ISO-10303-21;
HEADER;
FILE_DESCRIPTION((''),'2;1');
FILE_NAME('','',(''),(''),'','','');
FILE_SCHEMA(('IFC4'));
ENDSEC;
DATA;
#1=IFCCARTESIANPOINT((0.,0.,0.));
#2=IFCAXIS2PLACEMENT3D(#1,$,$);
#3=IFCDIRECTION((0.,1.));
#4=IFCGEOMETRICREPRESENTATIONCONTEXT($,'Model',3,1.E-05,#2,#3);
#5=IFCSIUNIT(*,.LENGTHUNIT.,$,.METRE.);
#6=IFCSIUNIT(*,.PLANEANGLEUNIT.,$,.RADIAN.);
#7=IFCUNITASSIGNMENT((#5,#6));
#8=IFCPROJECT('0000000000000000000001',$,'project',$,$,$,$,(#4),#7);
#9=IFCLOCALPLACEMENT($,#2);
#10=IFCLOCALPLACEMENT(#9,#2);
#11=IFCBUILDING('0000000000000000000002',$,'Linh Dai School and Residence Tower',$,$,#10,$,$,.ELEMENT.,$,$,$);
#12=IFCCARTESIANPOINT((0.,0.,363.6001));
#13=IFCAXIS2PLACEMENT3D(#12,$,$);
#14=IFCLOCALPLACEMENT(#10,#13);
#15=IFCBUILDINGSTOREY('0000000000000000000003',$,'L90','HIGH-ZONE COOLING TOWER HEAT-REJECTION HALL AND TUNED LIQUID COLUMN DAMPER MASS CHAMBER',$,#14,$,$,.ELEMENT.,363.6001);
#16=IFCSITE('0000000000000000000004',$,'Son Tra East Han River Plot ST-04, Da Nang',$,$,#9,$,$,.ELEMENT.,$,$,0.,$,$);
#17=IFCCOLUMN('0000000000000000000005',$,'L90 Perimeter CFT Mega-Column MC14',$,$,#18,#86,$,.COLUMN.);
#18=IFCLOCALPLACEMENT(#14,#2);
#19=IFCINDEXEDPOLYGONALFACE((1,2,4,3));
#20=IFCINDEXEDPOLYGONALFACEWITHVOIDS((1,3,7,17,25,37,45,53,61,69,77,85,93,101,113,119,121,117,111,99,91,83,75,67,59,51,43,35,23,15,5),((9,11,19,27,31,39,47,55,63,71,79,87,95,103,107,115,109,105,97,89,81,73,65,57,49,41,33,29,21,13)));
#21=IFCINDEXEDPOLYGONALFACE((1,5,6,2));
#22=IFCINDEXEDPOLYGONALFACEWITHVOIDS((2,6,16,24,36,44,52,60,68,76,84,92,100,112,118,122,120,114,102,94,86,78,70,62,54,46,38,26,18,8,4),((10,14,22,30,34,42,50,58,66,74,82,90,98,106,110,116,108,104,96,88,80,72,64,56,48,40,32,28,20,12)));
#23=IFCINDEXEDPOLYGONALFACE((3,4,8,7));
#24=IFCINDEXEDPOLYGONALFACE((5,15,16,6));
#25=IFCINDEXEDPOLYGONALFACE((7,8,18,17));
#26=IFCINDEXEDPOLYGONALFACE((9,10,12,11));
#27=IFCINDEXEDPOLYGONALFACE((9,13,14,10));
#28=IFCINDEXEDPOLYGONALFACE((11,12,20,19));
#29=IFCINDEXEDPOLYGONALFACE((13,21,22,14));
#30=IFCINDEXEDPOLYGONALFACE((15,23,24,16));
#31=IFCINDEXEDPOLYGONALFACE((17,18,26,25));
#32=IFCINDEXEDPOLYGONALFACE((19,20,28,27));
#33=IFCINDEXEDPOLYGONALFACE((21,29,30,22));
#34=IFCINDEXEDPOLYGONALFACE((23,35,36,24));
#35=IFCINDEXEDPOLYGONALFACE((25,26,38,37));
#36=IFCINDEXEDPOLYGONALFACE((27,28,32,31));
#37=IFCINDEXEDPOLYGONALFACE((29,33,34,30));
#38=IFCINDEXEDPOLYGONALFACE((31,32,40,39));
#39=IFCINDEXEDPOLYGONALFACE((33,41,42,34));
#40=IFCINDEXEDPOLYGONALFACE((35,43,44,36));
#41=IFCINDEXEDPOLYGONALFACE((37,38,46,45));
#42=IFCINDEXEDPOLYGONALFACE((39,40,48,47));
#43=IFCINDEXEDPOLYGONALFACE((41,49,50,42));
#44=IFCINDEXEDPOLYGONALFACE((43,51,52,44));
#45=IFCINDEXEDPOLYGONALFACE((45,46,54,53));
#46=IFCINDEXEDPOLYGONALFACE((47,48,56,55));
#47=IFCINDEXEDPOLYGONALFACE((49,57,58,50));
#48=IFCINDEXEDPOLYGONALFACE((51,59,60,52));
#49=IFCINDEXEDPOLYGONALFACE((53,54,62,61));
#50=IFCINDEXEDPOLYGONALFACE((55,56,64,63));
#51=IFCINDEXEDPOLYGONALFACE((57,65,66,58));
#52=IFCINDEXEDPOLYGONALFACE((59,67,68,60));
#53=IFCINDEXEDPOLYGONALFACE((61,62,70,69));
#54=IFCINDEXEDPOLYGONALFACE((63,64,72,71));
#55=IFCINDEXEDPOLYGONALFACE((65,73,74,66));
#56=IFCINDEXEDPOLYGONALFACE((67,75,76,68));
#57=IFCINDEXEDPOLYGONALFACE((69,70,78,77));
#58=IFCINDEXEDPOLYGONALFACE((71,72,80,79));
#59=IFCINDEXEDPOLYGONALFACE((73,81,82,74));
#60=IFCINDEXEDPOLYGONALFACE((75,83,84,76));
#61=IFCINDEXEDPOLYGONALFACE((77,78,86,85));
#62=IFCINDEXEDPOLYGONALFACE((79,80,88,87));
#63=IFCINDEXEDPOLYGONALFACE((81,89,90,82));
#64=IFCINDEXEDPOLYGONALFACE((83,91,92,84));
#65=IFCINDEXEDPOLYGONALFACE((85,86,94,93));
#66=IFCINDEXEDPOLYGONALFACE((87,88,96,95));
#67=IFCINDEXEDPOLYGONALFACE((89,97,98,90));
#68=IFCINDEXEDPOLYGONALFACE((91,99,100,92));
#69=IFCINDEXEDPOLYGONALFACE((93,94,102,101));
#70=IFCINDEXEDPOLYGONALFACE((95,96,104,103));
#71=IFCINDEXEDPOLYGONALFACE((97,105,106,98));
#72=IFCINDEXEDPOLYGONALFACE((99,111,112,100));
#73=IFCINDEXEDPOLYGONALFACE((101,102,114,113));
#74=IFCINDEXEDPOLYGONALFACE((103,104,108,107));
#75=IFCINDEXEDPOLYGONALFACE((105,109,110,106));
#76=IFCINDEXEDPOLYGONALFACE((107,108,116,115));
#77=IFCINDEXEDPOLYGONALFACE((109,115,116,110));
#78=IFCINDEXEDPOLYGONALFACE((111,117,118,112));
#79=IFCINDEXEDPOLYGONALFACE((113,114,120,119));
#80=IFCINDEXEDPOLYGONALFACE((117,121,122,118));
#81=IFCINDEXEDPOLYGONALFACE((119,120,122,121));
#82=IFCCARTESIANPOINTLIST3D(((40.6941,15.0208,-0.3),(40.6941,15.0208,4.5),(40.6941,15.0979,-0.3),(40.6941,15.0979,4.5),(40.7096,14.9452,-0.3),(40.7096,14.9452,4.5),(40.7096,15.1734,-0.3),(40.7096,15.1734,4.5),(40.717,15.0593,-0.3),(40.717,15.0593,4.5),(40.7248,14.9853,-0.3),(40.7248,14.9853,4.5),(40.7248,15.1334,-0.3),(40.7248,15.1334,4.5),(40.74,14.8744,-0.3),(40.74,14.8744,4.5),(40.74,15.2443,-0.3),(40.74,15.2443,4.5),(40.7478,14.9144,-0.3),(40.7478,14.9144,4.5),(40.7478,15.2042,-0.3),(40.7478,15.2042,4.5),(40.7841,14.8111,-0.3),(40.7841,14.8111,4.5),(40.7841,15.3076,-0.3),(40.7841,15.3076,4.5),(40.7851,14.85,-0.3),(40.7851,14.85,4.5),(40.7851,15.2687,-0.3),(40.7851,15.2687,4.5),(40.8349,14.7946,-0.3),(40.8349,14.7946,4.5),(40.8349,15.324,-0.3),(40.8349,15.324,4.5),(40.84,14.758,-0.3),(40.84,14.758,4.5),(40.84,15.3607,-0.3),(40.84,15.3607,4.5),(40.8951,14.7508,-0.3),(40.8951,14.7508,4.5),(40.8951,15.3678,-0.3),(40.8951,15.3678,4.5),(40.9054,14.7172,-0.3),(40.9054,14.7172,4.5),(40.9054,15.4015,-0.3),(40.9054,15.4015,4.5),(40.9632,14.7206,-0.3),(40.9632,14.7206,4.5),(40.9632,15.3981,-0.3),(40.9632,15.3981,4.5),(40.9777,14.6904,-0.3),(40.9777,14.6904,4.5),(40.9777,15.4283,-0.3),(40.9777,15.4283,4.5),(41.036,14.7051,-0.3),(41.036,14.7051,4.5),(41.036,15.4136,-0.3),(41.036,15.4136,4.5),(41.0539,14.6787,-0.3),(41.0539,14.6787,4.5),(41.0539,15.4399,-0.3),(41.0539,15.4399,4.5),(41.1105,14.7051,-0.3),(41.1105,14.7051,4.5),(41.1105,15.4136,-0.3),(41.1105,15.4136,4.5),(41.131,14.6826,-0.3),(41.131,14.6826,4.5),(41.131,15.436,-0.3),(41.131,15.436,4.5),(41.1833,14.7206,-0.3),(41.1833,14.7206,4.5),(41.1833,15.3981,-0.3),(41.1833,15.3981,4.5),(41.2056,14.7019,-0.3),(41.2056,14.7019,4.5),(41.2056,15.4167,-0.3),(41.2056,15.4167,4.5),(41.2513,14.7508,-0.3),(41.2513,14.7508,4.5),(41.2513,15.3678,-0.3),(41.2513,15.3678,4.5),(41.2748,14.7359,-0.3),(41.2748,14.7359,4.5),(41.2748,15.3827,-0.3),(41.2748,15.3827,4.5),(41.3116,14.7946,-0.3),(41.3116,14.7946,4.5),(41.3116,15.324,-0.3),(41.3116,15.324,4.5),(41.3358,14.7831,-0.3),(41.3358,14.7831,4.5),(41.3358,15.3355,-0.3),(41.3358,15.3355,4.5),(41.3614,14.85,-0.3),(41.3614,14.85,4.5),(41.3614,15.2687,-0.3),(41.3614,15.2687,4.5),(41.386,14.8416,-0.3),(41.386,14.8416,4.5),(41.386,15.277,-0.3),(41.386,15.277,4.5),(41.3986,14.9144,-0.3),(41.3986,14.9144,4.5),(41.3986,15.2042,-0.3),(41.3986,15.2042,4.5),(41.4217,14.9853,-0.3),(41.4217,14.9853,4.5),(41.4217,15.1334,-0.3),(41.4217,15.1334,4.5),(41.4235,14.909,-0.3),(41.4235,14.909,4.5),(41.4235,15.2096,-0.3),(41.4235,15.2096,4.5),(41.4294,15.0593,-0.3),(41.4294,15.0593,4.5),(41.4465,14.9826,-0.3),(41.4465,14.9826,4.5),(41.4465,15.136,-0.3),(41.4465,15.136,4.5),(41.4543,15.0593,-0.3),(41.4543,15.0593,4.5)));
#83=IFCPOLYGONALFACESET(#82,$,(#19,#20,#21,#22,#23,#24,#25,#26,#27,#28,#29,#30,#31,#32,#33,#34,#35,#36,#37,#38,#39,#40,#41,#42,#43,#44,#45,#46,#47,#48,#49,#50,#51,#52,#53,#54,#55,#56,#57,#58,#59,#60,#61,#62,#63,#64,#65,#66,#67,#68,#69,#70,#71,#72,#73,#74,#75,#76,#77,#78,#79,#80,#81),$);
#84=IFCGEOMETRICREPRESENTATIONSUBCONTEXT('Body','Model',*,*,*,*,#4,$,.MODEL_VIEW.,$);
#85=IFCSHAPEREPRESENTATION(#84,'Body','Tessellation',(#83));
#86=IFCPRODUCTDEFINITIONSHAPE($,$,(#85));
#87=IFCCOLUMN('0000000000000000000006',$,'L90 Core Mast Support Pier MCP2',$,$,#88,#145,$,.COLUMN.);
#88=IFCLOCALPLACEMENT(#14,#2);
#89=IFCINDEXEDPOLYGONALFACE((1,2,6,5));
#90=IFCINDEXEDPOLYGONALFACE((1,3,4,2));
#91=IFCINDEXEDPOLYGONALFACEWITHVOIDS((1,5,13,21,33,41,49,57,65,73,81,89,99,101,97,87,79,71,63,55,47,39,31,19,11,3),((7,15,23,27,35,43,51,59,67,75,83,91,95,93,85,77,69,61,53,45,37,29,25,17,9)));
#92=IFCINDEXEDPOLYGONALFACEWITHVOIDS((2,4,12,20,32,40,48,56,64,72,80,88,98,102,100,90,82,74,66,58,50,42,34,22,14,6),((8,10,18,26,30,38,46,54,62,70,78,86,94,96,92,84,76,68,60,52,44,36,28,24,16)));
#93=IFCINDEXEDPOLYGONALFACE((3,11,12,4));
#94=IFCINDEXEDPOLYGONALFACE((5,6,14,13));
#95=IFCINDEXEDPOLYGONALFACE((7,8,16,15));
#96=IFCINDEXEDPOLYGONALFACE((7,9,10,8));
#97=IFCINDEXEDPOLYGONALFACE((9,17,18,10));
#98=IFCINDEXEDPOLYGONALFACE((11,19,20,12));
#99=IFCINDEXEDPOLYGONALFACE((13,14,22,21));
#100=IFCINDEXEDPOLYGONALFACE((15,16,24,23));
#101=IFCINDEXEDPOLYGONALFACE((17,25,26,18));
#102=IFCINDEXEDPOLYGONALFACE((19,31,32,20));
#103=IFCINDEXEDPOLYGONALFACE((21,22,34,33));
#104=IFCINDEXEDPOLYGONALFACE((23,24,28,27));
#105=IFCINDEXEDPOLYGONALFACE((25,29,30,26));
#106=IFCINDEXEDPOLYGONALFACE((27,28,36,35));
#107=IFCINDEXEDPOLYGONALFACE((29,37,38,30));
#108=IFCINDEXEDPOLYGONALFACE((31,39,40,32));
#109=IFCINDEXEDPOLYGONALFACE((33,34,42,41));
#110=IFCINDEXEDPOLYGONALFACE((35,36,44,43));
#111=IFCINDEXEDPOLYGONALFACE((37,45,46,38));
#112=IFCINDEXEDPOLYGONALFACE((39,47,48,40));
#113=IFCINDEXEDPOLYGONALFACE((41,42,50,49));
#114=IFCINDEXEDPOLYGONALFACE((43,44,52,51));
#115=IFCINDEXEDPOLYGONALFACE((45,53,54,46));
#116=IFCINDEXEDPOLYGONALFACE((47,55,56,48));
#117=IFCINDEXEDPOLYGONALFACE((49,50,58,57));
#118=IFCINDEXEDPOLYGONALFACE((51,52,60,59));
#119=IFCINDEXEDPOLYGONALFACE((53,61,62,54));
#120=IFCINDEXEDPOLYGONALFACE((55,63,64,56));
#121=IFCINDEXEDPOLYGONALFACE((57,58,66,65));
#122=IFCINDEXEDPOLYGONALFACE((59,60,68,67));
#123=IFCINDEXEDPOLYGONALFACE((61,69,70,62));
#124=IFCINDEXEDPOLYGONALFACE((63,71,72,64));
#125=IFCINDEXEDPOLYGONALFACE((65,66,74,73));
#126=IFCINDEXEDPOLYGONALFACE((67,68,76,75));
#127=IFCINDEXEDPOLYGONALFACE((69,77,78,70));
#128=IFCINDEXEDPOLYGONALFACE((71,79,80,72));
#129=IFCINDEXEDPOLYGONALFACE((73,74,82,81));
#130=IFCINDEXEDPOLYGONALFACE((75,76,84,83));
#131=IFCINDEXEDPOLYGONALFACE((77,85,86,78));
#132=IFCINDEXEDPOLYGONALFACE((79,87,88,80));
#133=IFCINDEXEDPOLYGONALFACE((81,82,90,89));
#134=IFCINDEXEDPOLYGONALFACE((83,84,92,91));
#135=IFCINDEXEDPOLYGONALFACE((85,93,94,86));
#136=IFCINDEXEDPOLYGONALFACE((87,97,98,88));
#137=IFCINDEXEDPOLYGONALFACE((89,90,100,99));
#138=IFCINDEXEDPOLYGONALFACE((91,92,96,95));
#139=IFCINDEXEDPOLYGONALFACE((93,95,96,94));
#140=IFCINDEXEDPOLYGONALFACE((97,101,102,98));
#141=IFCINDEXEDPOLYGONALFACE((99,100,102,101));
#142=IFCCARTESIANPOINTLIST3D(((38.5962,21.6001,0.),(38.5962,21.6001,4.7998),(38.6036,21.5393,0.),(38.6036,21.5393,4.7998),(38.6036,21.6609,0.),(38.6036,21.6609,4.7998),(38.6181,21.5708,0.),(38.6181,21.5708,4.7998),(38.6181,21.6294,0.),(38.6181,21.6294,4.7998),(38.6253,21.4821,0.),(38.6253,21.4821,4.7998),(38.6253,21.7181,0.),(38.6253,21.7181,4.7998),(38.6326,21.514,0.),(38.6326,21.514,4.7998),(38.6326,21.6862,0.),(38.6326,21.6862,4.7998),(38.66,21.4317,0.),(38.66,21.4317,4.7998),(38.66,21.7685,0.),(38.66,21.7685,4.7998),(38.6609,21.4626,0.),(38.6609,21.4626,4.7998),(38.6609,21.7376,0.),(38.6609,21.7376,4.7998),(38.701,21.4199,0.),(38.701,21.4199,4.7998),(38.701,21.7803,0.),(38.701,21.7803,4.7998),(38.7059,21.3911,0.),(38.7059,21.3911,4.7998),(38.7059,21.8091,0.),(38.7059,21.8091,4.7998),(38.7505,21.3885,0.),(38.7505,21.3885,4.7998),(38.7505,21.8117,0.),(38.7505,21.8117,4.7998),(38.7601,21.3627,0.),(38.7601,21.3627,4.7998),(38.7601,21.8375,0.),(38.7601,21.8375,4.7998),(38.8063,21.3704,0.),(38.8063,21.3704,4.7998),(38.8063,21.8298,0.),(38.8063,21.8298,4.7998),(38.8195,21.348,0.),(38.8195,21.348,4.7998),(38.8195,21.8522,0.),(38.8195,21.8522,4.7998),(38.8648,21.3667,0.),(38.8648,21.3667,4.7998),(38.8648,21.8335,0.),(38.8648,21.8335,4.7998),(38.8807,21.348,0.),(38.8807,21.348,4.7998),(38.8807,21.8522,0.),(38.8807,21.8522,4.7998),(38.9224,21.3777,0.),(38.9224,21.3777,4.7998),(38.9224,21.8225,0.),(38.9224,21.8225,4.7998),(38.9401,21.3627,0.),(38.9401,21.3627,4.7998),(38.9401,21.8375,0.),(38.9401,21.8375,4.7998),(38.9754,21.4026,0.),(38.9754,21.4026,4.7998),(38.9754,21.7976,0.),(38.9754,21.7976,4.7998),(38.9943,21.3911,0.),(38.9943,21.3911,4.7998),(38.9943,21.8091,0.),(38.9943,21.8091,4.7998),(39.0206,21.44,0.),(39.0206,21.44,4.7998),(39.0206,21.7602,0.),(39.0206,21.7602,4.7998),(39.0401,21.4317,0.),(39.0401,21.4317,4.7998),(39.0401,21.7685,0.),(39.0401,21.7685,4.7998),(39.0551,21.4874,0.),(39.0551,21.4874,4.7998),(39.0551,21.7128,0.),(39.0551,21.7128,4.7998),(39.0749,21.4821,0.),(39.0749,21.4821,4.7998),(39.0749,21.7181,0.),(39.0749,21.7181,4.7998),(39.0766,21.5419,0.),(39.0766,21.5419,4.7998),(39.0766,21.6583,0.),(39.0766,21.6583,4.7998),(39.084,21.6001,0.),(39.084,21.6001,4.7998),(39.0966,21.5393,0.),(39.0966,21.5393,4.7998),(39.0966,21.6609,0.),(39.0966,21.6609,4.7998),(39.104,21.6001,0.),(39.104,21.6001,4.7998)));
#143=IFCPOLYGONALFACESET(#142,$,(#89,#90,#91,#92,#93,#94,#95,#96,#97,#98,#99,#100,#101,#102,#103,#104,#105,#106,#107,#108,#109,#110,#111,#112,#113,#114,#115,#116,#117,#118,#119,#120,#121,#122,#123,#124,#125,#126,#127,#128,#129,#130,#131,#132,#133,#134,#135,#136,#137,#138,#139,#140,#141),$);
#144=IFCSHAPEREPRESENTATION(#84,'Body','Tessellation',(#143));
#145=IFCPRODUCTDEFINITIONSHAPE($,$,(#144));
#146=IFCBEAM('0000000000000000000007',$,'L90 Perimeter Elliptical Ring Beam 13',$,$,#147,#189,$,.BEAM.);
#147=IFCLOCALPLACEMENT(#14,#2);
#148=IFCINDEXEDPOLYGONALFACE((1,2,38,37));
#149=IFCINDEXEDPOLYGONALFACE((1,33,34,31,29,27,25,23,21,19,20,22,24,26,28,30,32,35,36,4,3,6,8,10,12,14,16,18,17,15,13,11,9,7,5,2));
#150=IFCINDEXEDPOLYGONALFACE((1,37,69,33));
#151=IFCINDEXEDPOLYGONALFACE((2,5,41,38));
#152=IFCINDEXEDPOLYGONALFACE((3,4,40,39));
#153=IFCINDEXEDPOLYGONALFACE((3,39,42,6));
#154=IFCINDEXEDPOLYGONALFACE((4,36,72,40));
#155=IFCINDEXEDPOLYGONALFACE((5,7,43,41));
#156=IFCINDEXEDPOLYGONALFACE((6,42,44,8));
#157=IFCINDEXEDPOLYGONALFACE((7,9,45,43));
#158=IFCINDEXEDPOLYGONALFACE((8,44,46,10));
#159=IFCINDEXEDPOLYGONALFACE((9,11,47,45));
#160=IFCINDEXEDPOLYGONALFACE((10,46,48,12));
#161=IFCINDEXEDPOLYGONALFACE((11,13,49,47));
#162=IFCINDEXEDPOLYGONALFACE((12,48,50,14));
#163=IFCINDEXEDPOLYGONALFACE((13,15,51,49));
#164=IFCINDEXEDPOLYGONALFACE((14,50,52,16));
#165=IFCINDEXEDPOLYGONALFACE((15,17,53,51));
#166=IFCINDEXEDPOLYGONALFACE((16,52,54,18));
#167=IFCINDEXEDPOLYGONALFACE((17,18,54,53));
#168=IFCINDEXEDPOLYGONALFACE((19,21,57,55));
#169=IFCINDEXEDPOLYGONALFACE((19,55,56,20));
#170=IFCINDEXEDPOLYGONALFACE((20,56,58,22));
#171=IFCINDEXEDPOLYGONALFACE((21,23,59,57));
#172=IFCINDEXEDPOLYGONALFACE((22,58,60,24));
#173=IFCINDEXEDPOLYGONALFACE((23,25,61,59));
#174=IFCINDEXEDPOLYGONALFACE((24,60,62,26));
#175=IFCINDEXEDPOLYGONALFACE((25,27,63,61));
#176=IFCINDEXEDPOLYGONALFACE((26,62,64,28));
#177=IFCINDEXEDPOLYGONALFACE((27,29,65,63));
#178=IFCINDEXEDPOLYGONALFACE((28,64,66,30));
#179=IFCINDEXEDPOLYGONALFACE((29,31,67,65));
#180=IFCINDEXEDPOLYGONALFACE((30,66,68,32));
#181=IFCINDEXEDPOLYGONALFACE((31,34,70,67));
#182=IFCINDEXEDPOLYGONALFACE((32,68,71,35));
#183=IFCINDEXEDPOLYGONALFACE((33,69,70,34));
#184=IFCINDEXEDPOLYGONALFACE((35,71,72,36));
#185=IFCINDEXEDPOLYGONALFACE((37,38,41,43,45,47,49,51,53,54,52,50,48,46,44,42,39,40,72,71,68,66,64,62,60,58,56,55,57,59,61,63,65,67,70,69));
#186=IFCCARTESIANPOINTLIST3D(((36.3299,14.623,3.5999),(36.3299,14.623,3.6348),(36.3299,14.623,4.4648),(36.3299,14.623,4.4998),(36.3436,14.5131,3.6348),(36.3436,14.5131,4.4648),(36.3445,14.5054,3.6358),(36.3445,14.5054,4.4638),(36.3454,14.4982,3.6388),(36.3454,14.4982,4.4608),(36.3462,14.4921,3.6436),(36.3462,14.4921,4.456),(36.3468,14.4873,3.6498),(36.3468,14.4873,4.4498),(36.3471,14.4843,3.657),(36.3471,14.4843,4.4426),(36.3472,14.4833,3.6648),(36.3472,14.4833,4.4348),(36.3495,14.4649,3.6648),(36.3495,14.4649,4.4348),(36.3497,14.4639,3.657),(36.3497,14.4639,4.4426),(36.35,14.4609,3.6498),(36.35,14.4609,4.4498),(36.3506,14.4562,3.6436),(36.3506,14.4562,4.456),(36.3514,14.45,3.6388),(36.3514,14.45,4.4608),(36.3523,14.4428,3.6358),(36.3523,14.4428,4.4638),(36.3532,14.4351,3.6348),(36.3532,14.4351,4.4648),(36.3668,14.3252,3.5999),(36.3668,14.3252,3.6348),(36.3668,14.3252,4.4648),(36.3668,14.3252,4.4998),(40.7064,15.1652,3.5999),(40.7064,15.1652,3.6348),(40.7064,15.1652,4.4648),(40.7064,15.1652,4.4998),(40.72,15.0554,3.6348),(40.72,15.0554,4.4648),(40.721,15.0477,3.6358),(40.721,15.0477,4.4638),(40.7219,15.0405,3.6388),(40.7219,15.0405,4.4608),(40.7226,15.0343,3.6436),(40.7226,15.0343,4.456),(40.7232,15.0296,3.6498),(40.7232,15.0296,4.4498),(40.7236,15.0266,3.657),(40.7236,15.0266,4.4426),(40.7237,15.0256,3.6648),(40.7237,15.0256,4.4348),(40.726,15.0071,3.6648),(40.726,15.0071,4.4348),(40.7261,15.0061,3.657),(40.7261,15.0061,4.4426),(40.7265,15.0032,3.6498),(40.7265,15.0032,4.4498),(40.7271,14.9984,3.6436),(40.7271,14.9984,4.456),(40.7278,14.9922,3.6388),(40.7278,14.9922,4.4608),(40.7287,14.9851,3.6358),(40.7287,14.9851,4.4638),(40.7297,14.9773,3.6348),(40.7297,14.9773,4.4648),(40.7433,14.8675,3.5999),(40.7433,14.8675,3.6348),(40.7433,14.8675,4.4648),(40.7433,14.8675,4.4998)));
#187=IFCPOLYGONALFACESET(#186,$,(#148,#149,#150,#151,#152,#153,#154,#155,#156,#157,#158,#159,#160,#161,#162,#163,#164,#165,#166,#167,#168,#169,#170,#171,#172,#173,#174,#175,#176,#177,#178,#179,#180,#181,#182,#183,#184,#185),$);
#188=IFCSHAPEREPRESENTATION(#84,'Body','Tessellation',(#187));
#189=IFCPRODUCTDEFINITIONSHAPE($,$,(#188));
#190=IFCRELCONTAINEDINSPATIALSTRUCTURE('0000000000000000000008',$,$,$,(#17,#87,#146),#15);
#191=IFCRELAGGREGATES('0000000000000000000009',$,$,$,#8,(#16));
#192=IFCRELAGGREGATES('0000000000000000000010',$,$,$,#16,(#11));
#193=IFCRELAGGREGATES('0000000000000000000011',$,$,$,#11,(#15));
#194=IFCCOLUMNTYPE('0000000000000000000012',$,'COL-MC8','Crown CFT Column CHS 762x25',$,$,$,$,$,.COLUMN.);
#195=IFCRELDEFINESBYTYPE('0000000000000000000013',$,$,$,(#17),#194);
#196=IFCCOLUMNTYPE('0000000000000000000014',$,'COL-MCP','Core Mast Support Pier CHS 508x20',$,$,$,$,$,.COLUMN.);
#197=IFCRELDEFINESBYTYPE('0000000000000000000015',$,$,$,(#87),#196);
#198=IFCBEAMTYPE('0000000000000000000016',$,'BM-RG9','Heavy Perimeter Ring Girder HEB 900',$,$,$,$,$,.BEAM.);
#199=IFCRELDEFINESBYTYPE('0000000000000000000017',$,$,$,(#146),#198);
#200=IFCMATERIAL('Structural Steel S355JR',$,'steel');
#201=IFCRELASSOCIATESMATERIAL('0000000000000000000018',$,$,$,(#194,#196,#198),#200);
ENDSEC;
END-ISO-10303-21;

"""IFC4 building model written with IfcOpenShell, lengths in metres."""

from ifc_helpers import new_model, si_unit, direction, frame, origin, origin_2d, place, context, subcontext, project, spatial, hollow_circle, i_section, extrude, material, material_profile, profile_set, type_object, element, save


model = new_model("IFC4")

# Units and contexts
model_context = context("Model", 3, precision=1e-05, world=origin(), true_north=direction((0.0, 1.0)))
body_context = subcontext(model_context, "Body", "Model", "MODEL_VIEW")
ifc_project = project(units=[si_unit("LENGTHUNIT", "METRE"), si_unit("PLANEANGLEUNIT", "RADIAN")], contexts=[model_context])

# Site, building, storey
site_placement = place(None, origin())
site = spatial("IfcSite", under=ifc_project, at=site_placement, Name="Son Tra East Han River Plot ST-04, Da Nang", CompositionType="ELEMENT", RefElevation=0.0)
building_placement = place(site_placement, origin())
building = spatial("IfcBuilding", under=site, at=building_placement, Name="Linh Dai School and Residence Tower", CompositionType="ELEMENT")
storey_placement = place(building_placement, frame((0.0, 0.0, 363.6001)))
storey = spatial("IfcBuildingStorey", under=building, at=storey_placement, Name="L90", Description="HIGH-ZONE COOLING TOWER HEAT-REJECTION HALL AND TUNED LIQUID COLUMN DAMPER MASS CHAMBER", CompositionType="ELEMENT", Elevation=363.6001)

# Columns
ifc_material_1 = material(Name="Structural Steel S355JR", Category="steel")
ifc_material_profile_1 = material_profile(ifc_material_1, hollow_circle(Radius=0.3811, WallThickness=0.0249, at=origin_2d()), Name="CHS 762x25")
ifc_profile_set_1 = profile_set([ifc_material_profile_1], Name="Structural Steel S355JR")
column_type_1 = type_object("IfcColumnType", Name="COL-MC8", Description="Crown CFT Column CHS 762x25", PredefinedType="COLUMN", material=ifc_profile_set_1)
for number, where, z_axis, x_axis, name in (
    (1, (41.0732, 15.0593, -0.3), (0.0, 0.0, 1.0), (1.0, 0.0, 0.0), "L90 Perimeter CFT Mega-Column MC14"),
):
    element("IfcColumn", number, at=place(storey_placement, frame(where, z_axis=z_axis, x_axis=x_axis)), inside=storey, type_object=column_type_1, Name=name, PredefinedType="COLUMN", context=body_context, shape_type="SweptSolid", body=[
        extrude(hollow_circle(Radius=0.3811, WallThickness=0.0249, at=origin_2d()), origin(), (0.0, 0.0, 1.0), 4.8),
    ])
ifc_material_profile_2 = material_profile(ifc_material_1, hollow_circle(Radius=0.2539, WallThickness=0.02, at=origin_2d()), Name="CHS 508x20")
ifc_profile_set_2 = profile_set([ifc_material_profile_2], Name="Structural Steel S355JR")
column_type_2 = type_object("IfcColumnType", Name="COL-MCP", Description="Core Mast Support Pier CHS 508x20", PredefinedType="COLUMN", material=ifc_profile_set_2)
column_1_placement = place(storey_placement, frame((38.8501, 21.6001, 0.0), z_axis=(0.0, 0.0, 1.0), x_axis=(1.0, 0.0, 0.0)))
element("IfcColumn", 2, at=column_1_placement, inside=storey, type_object=column_type_2, Name="L90 Core Mast Support Pier MCP2", PredefinedType="COLUMN", context=body_context, shape_type="SweptSolid", body=[
    extrude(hollow_circle(Radius=0.2539, WallThickness=0.02, at=origin_2d()), origin(), (0.0, 0.0, 1.0), 4.7998),
])

# Beam
ifc_material_profile_3 = material_profile(ifc_material_1, i_section(OverallWidth=0.3, OverallDepth=0.8999, WebThickness=0.0186, FlangeThickness=0.0349, FilletRadius=0.03, at=origin_2d()), Name="HEB 900")
ifc_profile_set_3 = profile_set([ifc_material_profile_3], Name="Structural Steel S355JR")
beam_type_1 = type_object("IfcBeamType", Name="BM-RG9", Description="Heavy Perimeter Ring Girder HEB 900", PredefinedType="BEAM", material=ifc_profile_set_3)
beam_1_placement = place(storey_placement, frame((36.3484, 14.4741, 4.0498), z_axis=(0.992412, 0.122958, 0.0), x_axis=(-0.122958, 0.992412, 0.0)))
element("IfcBeam", 3, at=beam_1_placement, inside=storey, type_object=beam_type_1, Name="L90 Perimeter Elliptical Ring Beam 13", PredefinedType="BEAM", context=body_context, shape_type="SweptSolid", body=[
    extrude(i_section(OverallWidth=0.3, OverallDepth=0.8999, WebThickness=0.0186, FlangeThickness=0.0349, FilletRadius=0.03, at=origin_2d()), origin(), (0.0, 0.0, 1.0), 4.4099),
])

save(model, "model.ifc")
